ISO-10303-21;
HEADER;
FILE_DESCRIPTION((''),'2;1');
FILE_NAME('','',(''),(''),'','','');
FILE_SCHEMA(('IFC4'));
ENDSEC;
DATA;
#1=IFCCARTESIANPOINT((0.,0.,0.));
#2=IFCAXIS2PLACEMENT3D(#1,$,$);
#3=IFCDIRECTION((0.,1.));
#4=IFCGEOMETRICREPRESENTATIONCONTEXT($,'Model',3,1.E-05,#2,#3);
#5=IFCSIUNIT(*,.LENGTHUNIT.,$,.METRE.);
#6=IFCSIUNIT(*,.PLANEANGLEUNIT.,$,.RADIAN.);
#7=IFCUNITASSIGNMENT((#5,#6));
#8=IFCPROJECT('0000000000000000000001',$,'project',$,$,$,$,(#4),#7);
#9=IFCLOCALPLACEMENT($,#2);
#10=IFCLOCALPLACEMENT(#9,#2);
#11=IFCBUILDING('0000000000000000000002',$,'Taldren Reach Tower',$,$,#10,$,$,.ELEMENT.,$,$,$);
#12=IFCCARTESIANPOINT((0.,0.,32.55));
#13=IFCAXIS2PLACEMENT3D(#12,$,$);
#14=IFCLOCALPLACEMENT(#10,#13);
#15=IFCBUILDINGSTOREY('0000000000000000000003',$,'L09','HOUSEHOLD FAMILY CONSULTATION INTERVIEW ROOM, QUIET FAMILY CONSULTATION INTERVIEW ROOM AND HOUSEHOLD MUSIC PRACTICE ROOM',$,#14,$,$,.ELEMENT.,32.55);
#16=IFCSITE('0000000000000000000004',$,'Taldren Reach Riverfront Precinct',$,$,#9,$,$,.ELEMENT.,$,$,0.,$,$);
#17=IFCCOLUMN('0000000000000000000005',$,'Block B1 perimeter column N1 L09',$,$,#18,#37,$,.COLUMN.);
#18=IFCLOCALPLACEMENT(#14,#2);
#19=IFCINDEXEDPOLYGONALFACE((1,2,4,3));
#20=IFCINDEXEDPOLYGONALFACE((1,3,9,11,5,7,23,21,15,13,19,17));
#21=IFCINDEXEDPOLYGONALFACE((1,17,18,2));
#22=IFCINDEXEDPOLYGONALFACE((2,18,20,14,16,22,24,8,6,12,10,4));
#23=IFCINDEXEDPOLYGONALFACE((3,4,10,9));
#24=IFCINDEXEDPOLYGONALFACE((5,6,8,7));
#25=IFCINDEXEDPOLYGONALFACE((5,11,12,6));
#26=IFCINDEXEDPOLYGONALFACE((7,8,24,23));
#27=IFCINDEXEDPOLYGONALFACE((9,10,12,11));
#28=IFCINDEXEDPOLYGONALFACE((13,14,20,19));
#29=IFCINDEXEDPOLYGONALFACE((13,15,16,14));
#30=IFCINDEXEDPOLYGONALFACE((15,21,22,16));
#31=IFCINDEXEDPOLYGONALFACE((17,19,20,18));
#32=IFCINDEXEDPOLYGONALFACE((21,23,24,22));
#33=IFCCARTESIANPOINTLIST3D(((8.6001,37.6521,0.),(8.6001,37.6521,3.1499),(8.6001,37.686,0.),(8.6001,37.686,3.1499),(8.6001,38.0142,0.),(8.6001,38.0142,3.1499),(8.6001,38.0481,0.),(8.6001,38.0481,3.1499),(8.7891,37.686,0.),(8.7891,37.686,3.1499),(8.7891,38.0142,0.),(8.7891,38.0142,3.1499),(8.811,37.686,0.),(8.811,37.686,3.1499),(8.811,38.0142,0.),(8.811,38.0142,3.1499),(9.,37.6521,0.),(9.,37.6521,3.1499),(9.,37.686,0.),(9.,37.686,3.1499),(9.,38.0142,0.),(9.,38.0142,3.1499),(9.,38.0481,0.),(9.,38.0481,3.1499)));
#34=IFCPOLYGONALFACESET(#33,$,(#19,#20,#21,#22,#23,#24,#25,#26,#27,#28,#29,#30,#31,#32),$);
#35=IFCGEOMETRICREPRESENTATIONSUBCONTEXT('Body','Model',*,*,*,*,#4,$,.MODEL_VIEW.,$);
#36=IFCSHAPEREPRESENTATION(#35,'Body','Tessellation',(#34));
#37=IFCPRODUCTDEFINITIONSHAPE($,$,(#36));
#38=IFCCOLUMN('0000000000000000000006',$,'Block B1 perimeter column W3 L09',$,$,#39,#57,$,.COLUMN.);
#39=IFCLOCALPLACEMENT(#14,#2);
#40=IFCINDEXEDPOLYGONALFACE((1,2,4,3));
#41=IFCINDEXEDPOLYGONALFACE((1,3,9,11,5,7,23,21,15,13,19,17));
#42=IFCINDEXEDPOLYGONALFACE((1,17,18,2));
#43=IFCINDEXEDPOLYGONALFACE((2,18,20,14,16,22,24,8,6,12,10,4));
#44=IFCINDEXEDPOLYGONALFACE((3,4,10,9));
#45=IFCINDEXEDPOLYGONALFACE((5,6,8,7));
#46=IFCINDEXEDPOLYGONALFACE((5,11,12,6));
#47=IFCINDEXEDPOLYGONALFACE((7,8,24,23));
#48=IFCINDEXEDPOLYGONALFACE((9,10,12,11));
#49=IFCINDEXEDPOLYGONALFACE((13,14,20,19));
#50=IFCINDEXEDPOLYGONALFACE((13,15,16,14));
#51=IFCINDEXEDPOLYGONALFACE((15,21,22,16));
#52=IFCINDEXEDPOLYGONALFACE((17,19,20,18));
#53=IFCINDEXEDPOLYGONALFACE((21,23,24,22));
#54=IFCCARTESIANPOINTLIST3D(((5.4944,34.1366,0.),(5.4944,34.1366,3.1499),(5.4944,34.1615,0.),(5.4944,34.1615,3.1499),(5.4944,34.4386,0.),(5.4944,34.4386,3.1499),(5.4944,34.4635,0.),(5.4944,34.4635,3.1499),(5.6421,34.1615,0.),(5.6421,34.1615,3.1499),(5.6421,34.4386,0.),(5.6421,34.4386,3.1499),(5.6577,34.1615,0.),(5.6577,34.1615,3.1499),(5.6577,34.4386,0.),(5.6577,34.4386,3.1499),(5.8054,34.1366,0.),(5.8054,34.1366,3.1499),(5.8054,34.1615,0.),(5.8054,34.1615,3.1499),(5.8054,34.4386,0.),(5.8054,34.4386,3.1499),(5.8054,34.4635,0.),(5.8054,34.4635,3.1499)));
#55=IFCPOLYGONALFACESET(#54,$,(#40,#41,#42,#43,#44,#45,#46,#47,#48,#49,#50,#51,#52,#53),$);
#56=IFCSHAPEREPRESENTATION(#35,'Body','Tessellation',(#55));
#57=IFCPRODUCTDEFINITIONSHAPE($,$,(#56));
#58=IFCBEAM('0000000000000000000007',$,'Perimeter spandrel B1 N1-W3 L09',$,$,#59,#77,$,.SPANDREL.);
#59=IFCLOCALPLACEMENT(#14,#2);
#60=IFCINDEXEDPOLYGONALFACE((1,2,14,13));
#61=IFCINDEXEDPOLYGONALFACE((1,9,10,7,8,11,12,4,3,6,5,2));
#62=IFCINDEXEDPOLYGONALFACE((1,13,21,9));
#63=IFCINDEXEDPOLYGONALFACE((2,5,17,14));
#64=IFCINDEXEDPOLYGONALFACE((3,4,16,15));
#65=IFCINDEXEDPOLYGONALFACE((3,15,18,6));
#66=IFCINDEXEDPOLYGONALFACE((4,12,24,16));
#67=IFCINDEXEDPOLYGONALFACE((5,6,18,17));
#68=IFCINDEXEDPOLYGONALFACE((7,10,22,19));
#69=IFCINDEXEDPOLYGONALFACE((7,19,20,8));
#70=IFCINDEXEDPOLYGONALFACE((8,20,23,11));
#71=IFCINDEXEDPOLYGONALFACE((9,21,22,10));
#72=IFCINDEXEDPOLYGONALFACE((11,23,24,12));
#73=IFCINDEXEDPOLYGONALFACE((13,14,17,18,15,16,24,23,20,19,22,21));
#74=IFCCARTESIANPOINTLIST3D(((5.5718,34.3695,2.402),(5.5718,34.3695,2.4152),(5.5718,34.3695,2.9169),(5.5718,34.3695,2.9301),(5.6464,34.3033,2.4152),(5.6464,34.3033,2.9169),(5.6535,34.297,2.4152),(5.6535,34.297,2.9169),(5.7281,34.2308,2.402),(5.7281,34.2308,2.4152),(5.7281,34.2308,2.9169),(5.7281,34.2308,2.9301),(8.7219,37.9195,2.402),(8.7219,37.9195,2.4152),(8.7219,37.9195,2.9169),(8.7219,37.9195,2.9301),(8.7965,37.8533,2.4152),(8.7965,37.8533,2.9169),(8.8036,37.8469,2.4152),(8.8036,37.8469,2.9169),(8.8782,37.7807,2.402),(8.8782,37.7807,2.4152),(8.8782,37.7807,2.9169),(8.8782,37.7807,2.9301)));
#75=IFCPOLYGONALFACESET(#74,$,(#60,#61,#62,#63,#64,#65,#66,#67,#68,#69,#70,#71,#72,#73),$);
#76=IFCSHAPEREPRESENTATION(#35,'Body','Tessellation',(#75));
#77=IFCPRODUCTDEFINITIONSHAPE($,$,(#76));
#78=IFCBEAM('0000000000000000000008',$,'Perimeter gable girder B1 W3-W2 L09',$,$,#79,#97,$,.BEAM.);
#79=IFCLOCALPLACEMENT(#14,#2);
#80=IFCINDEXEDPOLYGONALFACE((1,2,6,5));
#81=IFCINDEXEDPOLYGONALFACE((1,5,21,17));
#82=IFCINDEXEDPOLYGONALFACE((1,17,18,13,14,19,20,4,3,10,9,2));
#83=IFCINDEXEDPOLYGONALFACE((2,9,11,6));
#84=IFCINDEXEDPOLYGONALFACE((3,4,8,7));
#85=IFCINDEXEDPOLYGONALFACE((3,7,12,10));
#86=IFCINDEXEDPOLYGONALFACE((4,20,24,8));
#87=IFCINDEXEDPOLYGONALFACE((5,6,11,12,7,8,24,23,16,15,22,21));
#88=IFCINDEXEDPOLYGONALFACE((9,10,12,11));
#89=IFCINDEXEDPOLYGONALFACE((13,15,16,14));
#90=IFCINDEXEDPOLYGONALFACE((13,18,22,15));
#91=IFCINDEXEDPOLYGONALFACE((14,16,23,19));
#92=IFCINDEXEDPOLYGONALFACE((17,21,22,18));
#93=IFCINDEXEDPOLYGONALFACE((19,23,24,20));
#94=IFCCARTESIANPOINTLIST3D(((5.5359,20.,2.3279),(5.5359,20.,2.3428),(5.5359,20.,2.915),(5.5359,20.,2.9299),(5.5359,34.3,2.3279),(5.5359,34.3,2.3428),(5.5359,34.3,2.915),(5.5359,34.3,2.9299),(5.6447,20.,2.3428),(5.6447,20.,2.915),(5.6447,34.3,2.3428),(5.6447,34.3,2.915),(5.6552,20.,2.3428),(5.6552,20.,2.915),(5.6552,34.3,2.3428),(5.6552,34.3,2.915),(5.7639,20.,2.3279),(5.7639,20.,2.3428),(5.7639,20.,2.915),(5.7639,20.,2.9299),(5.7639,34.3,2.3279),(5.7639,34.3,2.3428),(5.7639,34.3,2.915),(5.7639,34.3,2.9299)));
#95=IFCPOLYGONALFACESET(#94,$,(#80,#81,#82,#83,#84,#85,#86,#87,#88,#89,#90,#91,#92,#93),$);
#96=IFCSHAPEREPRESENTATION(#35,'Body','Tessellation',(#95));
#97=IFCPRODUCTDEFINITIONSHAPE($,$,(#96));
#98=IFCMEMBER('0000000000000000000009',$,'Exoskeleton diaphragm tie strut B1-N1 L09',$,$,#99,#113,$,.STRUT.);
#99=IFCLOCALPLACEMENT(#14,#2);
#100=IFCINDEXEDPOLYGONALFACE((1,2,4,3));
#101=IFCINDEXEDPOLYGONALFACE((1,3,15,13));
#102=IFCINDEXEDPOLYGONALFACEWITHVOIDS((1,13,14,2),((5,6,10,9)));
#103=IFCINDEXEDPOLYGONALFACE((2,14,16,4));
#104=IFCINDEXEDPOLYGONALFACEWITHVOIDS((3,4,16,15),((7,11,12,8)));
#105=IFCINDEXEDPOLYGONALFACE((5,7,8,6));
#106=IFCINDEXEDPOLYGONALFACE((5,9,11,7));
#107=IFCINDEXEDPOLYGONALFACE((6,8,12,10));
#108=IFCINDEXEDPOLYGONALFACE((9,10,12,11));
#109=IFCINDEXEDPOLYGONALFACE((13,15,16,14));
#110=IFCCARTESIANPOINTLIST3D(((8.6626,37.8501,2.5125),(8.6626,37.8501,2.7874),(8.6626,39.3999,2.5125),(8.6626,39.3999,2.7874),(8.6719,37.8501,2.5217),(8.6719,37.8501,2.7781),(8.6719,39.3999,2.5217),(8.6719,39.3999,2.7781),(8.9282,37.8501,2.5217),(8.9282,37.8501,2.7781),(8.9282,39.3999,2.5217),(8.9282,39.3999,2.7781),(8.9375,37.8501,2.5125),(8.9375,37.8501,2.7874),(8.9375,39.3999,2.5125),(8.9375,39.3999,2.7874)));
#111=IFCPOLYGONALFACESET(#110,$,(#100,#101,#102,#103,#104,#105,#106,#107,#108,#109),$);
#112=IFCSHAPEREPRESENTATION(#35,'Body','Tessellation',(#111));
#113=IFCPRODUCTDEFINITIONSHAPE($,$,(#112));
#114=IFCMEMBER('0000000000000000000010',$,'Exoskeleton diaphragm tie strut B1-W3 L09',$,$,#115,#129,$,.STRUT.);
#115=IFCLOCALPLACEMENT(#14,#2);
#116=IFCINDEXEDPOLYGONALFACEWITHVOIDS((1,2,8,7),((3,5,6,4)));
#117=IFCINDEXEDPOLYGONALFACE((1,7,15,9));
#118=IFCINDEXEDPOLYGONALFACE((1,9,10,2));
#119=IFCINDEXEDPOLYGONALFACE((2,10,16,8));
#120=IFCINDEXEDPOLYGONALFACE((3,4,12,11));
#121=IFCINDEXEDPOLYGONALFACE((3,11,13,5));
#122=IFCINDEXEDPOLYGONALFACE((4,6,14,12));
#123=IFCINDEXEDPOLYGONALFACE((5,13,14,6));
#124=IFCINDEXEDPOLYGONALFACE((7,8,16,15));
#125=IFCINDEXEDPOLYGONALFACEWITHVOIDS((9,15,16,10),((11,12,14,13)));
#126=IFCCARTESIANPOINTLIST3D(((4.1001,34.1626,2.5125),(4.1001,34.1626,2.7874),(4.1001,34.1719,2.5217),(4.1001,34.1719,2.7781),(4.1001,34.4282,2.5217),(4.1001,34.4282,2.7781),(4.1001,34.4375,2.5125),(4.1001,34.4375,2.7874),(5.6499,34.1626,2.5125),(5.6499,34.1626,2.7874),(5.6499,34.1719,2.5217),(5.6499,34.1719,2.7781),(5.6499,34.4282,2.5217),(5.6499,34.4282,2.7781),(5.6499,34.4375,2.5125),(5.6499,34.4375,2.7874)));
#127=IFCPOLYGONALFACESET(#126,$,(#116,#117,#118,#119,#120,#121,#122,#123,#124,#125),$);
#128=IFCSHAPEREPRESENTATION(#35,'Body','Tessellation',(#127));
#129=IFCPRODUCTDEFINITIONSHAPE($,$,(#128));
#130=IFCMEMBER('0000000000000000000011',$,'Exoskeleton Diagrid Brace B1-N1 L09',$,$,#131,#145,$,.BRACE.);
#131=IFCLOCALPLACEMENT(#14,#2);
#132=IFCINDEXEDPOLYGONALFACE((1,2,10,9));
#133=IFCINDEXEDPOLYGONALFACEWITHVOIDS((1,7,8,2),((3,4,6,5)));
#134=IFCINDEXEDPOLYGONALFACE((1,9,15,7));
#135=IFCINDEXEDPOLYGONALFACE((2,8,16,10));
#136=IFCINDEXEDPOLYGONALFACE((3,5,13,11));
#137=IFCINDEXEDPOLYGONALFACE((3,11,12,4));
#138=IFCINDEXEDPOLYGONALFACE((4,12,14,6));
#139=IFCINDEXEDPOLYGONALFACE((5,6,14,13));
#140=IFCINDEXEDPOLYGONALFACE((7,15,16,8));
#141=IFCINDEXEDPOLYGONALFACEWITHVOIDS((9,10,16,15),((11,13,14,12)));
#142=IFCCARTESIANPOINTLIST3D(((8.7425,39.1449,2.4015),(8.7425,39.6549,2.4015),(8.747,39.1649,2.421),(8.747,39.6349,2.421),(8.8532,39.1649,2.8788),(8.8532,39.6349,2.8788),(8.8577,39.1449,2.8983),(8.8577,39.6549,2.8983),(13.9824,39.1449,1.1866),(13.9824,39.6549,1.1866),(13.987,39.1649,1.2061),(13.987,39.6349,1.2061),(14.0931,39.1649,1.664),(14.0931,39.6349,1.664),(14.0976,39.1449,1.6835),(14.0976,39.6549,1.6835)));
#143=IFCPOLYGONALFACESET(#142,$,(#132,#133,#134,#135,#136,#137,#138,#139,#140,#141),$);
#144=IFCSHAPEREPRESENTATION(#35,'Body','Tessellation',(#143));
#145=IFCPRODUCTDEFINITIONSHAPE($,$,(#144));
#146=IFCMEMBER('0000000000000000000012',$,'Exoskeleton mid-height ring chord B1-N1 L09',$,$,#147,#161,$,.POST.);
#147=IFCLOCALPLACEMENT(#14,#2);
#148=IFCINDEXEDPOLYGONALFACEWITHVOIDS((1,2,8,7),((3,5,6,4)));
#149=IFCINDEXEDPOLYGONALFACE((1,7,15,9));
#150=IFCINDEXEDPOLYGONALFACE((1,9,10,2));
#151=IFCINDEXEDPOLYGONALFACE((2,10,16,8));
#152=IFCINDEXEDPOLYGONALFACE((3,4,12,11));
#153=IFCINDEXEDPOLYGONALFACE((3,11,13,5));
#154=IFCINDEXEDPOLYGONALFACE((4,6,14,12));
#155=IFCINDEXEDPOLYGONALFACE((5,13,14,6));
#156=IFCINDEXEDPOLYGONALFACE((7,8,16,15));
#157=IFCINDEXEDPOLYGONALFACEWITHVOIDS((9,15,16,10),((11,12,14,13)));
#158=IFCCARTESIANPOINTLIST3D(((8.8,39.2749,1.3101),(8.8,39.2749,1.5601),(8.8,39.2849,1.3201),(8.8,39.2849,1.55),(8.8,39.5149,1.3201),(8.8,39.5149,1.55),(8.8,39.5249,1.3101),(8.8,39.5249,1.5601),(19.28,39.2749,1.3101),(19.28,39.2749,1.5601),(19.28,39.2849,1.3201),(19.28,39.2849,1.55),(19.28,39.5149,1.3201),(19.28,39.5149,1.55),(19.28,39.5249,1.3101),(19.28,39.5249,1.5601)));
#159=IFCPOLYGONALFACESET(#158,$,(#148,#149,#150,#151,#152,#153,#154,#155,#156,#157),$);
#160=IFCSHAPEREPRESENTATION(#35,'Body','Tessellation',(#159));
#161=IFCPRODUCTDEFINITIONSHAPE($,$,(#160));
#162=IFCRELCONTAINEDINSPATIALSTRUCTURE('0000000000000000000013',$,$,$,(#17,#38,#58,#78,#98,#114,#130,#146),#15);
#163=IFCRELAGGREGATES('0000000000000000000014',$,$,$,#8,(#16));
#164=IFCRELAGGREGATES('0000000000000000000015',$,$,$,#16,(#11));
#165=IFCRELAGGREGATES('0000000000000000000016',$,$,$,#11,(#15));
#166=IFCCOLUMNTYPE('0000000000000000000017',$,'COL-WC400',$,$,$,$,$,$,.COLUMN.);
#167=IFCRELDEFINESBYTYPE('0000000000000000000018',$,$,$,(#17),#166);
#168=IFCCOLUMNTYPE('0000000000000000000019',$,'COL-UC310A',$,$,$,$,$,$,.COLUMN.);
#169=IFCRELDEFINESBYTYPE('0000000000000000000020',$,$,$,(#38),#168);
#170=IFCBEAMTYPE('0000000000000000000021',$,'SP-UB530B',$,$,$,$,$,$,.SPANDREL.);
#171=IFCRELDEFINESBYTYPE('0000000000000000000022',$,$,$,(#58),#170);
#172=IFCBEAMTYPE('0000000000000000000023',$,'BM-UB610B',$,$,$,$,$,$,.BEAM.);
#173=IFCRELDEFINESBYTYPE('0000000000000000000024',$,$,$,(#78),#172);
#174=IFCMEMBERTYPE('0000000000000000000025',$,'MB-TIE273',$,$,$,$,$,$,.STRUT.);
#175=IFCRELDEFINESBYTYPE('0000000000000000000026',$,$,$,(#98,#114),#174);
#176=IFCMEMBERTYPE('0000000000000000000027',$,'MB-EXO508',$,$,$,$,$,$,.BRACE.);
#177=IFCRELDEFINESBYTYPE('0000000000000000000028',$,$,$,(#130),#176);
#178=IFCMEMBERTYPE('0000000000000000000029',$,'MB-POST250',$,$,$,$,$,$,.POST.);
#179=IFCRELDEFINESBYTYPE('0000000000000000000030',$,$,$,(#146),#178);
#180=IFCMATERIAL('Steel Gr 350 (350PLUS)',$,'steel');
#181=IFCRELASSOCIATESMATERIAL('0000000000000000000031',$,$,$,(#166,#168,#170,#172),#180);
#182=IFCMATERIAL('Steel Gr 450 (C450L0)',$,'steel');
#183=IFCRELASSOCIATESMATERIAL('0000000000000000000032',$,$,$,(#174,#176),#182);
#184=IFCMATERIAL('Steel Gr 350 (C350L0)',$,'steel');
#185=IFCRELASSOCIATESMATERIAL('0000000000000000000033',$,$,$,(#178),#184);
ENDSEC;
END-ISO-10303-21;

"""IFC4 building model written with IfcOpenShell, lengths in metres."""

from ifc_helpers import new_model, si_unit, direction, frame, origin, origin_2d, place, context, subcontext, project, spatial, hollow_rectangle, i_section, extrude, source, transform, mapped, material, material_profile, profile_set, type_object, element, save


model = new_model("IFC4")

# Units and contexts
model_context = context("Model", 3, precision=1e-05, world=origin(), true_north=direction((0.0, 1.0)))
body_context = subcontext(model_context, "Body", "Model", "MODEL_VIEW")
ifc_project = project(units=[si_unit("LENGTHUNIT", "METRE"), si_unit("PLANEANGLEUNIT", "RADIAN")], contexts=[model_context])

# Site, building, storey
site_placement = place(None, origin())
site = spatial("IfcSite", under=ifc_project, at=site_placement, Name="Taldren Reach Riverfront Precinct", CompositionType="ELEMENT", RefElevation=0.0)
building_placement = place(site_placement, origin())
building = spatial("IfcBuilding", under=site, at=building_placement, Name="Taldren Reach Tower", CompositionType="ELEMENT")
storey_placement = place(building_placement, frame((0.0, 0.0, 32.55)))
storey = spatial("IfcBuildingStorey", under=building, at=storey_placement, Name="L09", Description="HOUSEHOLD FAMILY CONSULTATION INTERVIEW ROOM, QUIET FAMILY CONSULTATION INTERVIEW ROOM AND HOUSEHOLD MUSIC PRACTICE ROOM", CompositionType="ELEMENT", Elevation=32.55)

# Columns
ifc_material_1 = material(Name="Steel Gr 350 (350PLUS)", Category="steel")
ifc_material_profile_1 = material_profile(ifc_material_1, i_section(OverallWidth=0.3999, OverallDepth=0.396, WebThickness=0.022, FlangeThickness=0.0339, at=origin_2d()), Name="400WC270")
ifc_profile_set_1 = profile_set([ifc_material_profile_1], Name="Steel Gr 350 (350PLUS)")
column_type_1 = type_object("IfcColumnType", Name="COL-WC400", PredefinedType="COLUMN", material=ifc_profile_set_1)
shared_shape_1 = source(origin(), body_context, "Body", "SweptSolid", [
    extrude(i_section(OverallWidth=0.3999, OverallDepth=0.396, WebThickness=0.022, FlangeThickness=0.0339, at=origin_2d()), origin(), (0.0, 0.0, 1.0), 3.1499),
])
column_1_placement = place(storey_placement, frame((8.8, 37.8501, 0.0), z_axis=(0.0, 0.0, 1.0), x_axis=(1.0, 0.0, 0.0)))
element("IfcColumn", 1, at=column_1_placement, inside=storey, type_object=column_type_1, Name="Block B1 perimeter column N1 L09", PredefinedType="COLUMN", context=body_context, shape_type="MappedRepresentation", body=[
    mapped(shared_shape_1, transform((0.0, 0.0, 0.0), scale=1.0)),
])
ifc_material_profile_2 = material_profile(ifc_material_1, i_section(OverallWidth=0.311, OverallDepth=0.3269, WebThickness=0.0156, FlangeThickness=0.0249, at=origin_2d()), Name="310UC158")
ifc_profile_set_2 = profile_set([ifc_material_profile_2], Name="Steel Gr 350 (350PLUS)")
column_type_2 = type_object("IfcColumnType", Name="COL-UC310A", PredefinedType="COLUMN", material=ifc_profile_set_2)
shared_shape_2 = source(origin(), body_context, "Body", "SweptSolid", [
    extrude(i_section(OverallWidth=0.311, OverallDepth=0.3269, WebThickness=0.0156, FlangeThickness=0.0249, at=origin_2d()), origin(), (0.0, 0.0, 1.0), 3.1499),
])
column_2_placement = place(storey_placement, frame((5.6499, 34.3, 0.0), z_axis=(0.0, 0.0, 1.0), x_axis=(1.0, 0.0, 0.0)))
element("IfcColumn", 2, at=column_2_placement, inside=storey, type_object=column_type_2, Name="Block B1 perimeter column W3 L09", PredefinedType="COLUMN", context=body_context, shape_type="MappedRepresentation", body=[
    mapped(shared_shape_2, transform((0.0, 0.0, 0.0), scale=1.0)),
])

# Beams
ifc_material_profile_3 = material_profile(ifc_material_1, i_section(OverallWidth=0.209, OverallDepth=0.5281, WebThickness=0.0095, FlangeThickness=0.0132, at=origin_2d()), Name="530UB82.0")
ifc_profile_set_3 = profile_set([ifc_material_profile_3], Name="Steel Gr 350 (350PLUS)")
beam_type_1 = type_object("IfcBeamType", Name="SP-UB530B", PredefinedType="SPANDREL", material=ifc_profile_set_3)
shared_shape_3 = source(origin(), body_context, "Body", "SweptSolid", [
    extrude(i_section(OverallWidth=0.209, OverallDepth=0.5281, WebThickness=0.0095, FlangeThickness=0.0132, at=origin_2d()), origin(), (0.0, 0.0, 1.0), 4.7461),
])
beam_1_placement = place(storey_placement, frame((8.8, 37.8501, 2.666), z_axis=(-0.663722, -0.747979, 0.0), x_axis=(0.747979, -0.663722, 0.0)))
element("IfcBeam", 3, at=beam_1_placement, inside=storey, type_object=beam_type_1, Name="Perimeter spandrel B1 N1-W3 L09", PredefinedType="SPANDREL", context=body_context, shape_type="MappedRepresentation", body=[
    mapped(shared_shape_3, transform((0.0, 0.0, 0.0), scale=1.0)),
])
ifc_material_profile_4 = material_profile(ifc_material_1, i_section(OverallWidth=0.228, OverallDepth=0.6021, WebThickness=0.0105, FlangeThickness=0.0149, at=origin_2d()), Name="610UB101")
ifc_profile_set_4 = profile_set([ifc_material_profile_4], Name="Steel Gr 350 (350PLUS)")
beam_type_2 = type_object("IfcBeamType", Name="BM-UB610B", PredefinedType="BEAM", material=ifc_profile_set_4)
shared_shape_4 = source(origin(), body_context, "Body", "SweptSolid", [
    extrude(i_section(OverallWidth=0.228, OverallDepth=0.6021, WebThickness=0.0105, FlangeThickness=0.0149, at=origin_2d()), origin(), (0.0, 0.0, 1.0), 14.3),
])
beam_2_placement = place(storey_placement, frame((5.6499, 34.3, 2.6289), z_axis=(0.0, -1.0, 0.0), x_axis=(1.0, 0.0, 0.0)))
element("IfcBeam", 4, at=beam_2_placement, inside=storey, type_object=beam_type_2, Name="Perimeter gable girder B1 W3-W2 L09", PredefinedType="BEAM", context=body_context, shape_type="MappedRepresentation", body=[
    mapped(shared_shape_4, transform((0.0, 0.0, 0.0), scale=1.0)),
])

# Members
ifc_material_2 = material(Name="Steel Gr 450 (C450L0)", Category="steel")
ifc_material_profile_5 = material_profile(ifc_material_2, hollow_rectangle(XDim=0.2749, YDim=0.2749, WallThickness=0.0093, at=origin_2d()), Name="275x275x9.3SHS")
ifc_profile_set_5 = profile_set([ifc_material_profile_5], Name="Steel Gr 450 (C450L0)")
member_type_1 = type_object("IfcMemberType", Name="MB-TIE273", PredefinedType="STRUT", material=ifc_profile_set_5)
shared_shape_5 = source(origin(), body_context, "Body", "SweptSolid", [
    extrude(hollow_rectangle(XDim=0.2749, YDim=0.2749, WallThickness=0.0093, at=origin_2d()), origin(), (0.0, 0.0, 1.0), 1.5498),
])
for number, where, z_axis, x_axis, name in (
    (5, (8.8, 37.8501, 2.6499), (0.0, 1.0, 0.0), (-1.0, 0.0, 0.0), "Exoskeleton diaphragm tie strut B1-N1 L09"),
    (6, (5.6499, 34.3, 2.6499), (-1.0, 0.0, 0.0), (0.0, -1.0, 0.0), "Exoskeleton diaphragm tie strut B1-W3 L09"),
):
    element("IfcMember", number, at=place(storey_placement, frame(where, z_axis=z_axis, x_axis=x_axis)), inside=storey, type_object=member_type_1, Name=name, PredefinedType="STRUT", context=body_context, shape_type="MappedRepresentation", body=[
        mapped(shared_shape_5, transform((0.0, 0.0, 0.0), scale=1.0)),
    ])
ifc_material_profile_6 = material_profile(ifc_material_2, hollow_rectangle(XDim=0.51, YDim=0.51, WallThickness=0.02, at=origin_2d()), Name="510x510x20.0SHS")
ifc_profile_set_6 = profile_set([ifc_material_profile_6], Name="Steel Gr 450 (C450L0)")
member_type_2 = type_object("IfcMemberType", Name="MB-EXO508", PredefinedType="BRACE", material=ifc_profile_set_6)
shared_shape_6 = source(origin(), body_context, "Body", "SweptSolid", [
    extrude(hollow_rectangle(XDim=0.51, YDim=0.51, WallThickness=0.02, at=origin_2d()), origin(), (0.0, 0.0, 1.0), 5.3789),
])
member_1_placement = place(storey_placement, frame((14.04, 39.3999, 1.4351), z_axis=(-0.974162, 0.0, 0.225851), x_axis=(0.0, -1.0, 0.0)))
element("IfcMember", 7, at=member_1_placement, inside=storey, type_object=member_type_2, Name="Exoskeleton Diagrid Brace B1-N1 L09", PredefinedType="BRACE", context=body_context, shape_type="MappedRepresentation", body=[
    mapped(shared_shape_6, transform((0.0, 0.0, 0.0), scale=1.0)),
])
ifc_material_3 = material(Name="Steel Gr 350 (C350L0)", Category="steel")
ifc_material_profile_7 = material_profile(ifc_material_3, hollow_rectangle(XDim=0.25, YDim=0.25, WallThickness=0.01, at=origin_2d()), Name="250x250x10.0SHS")
ifc_profile_set_7 = profile_set([ifc_material_profile_7], Name="Steel Gr 350 (C350L0)")
member_type_3 = type_object("IfcMemberType", Name="MB-POST250", PredefinedType="POST", material=ifc_profile_set_7)
shared_shape_7 = source(origin(), body_context, "Body", "SweptSolid", [
    extrude(hollow_rectangle(XDim=0.25, YDim=0.25, WallThickness=0.01, at=origin_2d()), origin(), (0.0, 0.0, 1.0), 10.48),
])
member_2_placement = place(storey_placement, frame((8.8, 39.3999, 1.4351), z_axis=(1.0, 0.0, 0.0), x_axis=(0.0, 1.0, 0.0)))
element("IfcMember", 8, at=member_2_placement, inside=storey, type_object=member_type_3, Name="Exoskeleton mid-height ring chord B1-N1 L09", PredefinedType="POST", context=body_context, shape_type="MappedRepresentation", body=[
    mapped(shared_shape_7, transform((0.0, 0.0, 0.0), scale=1.0)),
])

save(model, "model.ifc")
